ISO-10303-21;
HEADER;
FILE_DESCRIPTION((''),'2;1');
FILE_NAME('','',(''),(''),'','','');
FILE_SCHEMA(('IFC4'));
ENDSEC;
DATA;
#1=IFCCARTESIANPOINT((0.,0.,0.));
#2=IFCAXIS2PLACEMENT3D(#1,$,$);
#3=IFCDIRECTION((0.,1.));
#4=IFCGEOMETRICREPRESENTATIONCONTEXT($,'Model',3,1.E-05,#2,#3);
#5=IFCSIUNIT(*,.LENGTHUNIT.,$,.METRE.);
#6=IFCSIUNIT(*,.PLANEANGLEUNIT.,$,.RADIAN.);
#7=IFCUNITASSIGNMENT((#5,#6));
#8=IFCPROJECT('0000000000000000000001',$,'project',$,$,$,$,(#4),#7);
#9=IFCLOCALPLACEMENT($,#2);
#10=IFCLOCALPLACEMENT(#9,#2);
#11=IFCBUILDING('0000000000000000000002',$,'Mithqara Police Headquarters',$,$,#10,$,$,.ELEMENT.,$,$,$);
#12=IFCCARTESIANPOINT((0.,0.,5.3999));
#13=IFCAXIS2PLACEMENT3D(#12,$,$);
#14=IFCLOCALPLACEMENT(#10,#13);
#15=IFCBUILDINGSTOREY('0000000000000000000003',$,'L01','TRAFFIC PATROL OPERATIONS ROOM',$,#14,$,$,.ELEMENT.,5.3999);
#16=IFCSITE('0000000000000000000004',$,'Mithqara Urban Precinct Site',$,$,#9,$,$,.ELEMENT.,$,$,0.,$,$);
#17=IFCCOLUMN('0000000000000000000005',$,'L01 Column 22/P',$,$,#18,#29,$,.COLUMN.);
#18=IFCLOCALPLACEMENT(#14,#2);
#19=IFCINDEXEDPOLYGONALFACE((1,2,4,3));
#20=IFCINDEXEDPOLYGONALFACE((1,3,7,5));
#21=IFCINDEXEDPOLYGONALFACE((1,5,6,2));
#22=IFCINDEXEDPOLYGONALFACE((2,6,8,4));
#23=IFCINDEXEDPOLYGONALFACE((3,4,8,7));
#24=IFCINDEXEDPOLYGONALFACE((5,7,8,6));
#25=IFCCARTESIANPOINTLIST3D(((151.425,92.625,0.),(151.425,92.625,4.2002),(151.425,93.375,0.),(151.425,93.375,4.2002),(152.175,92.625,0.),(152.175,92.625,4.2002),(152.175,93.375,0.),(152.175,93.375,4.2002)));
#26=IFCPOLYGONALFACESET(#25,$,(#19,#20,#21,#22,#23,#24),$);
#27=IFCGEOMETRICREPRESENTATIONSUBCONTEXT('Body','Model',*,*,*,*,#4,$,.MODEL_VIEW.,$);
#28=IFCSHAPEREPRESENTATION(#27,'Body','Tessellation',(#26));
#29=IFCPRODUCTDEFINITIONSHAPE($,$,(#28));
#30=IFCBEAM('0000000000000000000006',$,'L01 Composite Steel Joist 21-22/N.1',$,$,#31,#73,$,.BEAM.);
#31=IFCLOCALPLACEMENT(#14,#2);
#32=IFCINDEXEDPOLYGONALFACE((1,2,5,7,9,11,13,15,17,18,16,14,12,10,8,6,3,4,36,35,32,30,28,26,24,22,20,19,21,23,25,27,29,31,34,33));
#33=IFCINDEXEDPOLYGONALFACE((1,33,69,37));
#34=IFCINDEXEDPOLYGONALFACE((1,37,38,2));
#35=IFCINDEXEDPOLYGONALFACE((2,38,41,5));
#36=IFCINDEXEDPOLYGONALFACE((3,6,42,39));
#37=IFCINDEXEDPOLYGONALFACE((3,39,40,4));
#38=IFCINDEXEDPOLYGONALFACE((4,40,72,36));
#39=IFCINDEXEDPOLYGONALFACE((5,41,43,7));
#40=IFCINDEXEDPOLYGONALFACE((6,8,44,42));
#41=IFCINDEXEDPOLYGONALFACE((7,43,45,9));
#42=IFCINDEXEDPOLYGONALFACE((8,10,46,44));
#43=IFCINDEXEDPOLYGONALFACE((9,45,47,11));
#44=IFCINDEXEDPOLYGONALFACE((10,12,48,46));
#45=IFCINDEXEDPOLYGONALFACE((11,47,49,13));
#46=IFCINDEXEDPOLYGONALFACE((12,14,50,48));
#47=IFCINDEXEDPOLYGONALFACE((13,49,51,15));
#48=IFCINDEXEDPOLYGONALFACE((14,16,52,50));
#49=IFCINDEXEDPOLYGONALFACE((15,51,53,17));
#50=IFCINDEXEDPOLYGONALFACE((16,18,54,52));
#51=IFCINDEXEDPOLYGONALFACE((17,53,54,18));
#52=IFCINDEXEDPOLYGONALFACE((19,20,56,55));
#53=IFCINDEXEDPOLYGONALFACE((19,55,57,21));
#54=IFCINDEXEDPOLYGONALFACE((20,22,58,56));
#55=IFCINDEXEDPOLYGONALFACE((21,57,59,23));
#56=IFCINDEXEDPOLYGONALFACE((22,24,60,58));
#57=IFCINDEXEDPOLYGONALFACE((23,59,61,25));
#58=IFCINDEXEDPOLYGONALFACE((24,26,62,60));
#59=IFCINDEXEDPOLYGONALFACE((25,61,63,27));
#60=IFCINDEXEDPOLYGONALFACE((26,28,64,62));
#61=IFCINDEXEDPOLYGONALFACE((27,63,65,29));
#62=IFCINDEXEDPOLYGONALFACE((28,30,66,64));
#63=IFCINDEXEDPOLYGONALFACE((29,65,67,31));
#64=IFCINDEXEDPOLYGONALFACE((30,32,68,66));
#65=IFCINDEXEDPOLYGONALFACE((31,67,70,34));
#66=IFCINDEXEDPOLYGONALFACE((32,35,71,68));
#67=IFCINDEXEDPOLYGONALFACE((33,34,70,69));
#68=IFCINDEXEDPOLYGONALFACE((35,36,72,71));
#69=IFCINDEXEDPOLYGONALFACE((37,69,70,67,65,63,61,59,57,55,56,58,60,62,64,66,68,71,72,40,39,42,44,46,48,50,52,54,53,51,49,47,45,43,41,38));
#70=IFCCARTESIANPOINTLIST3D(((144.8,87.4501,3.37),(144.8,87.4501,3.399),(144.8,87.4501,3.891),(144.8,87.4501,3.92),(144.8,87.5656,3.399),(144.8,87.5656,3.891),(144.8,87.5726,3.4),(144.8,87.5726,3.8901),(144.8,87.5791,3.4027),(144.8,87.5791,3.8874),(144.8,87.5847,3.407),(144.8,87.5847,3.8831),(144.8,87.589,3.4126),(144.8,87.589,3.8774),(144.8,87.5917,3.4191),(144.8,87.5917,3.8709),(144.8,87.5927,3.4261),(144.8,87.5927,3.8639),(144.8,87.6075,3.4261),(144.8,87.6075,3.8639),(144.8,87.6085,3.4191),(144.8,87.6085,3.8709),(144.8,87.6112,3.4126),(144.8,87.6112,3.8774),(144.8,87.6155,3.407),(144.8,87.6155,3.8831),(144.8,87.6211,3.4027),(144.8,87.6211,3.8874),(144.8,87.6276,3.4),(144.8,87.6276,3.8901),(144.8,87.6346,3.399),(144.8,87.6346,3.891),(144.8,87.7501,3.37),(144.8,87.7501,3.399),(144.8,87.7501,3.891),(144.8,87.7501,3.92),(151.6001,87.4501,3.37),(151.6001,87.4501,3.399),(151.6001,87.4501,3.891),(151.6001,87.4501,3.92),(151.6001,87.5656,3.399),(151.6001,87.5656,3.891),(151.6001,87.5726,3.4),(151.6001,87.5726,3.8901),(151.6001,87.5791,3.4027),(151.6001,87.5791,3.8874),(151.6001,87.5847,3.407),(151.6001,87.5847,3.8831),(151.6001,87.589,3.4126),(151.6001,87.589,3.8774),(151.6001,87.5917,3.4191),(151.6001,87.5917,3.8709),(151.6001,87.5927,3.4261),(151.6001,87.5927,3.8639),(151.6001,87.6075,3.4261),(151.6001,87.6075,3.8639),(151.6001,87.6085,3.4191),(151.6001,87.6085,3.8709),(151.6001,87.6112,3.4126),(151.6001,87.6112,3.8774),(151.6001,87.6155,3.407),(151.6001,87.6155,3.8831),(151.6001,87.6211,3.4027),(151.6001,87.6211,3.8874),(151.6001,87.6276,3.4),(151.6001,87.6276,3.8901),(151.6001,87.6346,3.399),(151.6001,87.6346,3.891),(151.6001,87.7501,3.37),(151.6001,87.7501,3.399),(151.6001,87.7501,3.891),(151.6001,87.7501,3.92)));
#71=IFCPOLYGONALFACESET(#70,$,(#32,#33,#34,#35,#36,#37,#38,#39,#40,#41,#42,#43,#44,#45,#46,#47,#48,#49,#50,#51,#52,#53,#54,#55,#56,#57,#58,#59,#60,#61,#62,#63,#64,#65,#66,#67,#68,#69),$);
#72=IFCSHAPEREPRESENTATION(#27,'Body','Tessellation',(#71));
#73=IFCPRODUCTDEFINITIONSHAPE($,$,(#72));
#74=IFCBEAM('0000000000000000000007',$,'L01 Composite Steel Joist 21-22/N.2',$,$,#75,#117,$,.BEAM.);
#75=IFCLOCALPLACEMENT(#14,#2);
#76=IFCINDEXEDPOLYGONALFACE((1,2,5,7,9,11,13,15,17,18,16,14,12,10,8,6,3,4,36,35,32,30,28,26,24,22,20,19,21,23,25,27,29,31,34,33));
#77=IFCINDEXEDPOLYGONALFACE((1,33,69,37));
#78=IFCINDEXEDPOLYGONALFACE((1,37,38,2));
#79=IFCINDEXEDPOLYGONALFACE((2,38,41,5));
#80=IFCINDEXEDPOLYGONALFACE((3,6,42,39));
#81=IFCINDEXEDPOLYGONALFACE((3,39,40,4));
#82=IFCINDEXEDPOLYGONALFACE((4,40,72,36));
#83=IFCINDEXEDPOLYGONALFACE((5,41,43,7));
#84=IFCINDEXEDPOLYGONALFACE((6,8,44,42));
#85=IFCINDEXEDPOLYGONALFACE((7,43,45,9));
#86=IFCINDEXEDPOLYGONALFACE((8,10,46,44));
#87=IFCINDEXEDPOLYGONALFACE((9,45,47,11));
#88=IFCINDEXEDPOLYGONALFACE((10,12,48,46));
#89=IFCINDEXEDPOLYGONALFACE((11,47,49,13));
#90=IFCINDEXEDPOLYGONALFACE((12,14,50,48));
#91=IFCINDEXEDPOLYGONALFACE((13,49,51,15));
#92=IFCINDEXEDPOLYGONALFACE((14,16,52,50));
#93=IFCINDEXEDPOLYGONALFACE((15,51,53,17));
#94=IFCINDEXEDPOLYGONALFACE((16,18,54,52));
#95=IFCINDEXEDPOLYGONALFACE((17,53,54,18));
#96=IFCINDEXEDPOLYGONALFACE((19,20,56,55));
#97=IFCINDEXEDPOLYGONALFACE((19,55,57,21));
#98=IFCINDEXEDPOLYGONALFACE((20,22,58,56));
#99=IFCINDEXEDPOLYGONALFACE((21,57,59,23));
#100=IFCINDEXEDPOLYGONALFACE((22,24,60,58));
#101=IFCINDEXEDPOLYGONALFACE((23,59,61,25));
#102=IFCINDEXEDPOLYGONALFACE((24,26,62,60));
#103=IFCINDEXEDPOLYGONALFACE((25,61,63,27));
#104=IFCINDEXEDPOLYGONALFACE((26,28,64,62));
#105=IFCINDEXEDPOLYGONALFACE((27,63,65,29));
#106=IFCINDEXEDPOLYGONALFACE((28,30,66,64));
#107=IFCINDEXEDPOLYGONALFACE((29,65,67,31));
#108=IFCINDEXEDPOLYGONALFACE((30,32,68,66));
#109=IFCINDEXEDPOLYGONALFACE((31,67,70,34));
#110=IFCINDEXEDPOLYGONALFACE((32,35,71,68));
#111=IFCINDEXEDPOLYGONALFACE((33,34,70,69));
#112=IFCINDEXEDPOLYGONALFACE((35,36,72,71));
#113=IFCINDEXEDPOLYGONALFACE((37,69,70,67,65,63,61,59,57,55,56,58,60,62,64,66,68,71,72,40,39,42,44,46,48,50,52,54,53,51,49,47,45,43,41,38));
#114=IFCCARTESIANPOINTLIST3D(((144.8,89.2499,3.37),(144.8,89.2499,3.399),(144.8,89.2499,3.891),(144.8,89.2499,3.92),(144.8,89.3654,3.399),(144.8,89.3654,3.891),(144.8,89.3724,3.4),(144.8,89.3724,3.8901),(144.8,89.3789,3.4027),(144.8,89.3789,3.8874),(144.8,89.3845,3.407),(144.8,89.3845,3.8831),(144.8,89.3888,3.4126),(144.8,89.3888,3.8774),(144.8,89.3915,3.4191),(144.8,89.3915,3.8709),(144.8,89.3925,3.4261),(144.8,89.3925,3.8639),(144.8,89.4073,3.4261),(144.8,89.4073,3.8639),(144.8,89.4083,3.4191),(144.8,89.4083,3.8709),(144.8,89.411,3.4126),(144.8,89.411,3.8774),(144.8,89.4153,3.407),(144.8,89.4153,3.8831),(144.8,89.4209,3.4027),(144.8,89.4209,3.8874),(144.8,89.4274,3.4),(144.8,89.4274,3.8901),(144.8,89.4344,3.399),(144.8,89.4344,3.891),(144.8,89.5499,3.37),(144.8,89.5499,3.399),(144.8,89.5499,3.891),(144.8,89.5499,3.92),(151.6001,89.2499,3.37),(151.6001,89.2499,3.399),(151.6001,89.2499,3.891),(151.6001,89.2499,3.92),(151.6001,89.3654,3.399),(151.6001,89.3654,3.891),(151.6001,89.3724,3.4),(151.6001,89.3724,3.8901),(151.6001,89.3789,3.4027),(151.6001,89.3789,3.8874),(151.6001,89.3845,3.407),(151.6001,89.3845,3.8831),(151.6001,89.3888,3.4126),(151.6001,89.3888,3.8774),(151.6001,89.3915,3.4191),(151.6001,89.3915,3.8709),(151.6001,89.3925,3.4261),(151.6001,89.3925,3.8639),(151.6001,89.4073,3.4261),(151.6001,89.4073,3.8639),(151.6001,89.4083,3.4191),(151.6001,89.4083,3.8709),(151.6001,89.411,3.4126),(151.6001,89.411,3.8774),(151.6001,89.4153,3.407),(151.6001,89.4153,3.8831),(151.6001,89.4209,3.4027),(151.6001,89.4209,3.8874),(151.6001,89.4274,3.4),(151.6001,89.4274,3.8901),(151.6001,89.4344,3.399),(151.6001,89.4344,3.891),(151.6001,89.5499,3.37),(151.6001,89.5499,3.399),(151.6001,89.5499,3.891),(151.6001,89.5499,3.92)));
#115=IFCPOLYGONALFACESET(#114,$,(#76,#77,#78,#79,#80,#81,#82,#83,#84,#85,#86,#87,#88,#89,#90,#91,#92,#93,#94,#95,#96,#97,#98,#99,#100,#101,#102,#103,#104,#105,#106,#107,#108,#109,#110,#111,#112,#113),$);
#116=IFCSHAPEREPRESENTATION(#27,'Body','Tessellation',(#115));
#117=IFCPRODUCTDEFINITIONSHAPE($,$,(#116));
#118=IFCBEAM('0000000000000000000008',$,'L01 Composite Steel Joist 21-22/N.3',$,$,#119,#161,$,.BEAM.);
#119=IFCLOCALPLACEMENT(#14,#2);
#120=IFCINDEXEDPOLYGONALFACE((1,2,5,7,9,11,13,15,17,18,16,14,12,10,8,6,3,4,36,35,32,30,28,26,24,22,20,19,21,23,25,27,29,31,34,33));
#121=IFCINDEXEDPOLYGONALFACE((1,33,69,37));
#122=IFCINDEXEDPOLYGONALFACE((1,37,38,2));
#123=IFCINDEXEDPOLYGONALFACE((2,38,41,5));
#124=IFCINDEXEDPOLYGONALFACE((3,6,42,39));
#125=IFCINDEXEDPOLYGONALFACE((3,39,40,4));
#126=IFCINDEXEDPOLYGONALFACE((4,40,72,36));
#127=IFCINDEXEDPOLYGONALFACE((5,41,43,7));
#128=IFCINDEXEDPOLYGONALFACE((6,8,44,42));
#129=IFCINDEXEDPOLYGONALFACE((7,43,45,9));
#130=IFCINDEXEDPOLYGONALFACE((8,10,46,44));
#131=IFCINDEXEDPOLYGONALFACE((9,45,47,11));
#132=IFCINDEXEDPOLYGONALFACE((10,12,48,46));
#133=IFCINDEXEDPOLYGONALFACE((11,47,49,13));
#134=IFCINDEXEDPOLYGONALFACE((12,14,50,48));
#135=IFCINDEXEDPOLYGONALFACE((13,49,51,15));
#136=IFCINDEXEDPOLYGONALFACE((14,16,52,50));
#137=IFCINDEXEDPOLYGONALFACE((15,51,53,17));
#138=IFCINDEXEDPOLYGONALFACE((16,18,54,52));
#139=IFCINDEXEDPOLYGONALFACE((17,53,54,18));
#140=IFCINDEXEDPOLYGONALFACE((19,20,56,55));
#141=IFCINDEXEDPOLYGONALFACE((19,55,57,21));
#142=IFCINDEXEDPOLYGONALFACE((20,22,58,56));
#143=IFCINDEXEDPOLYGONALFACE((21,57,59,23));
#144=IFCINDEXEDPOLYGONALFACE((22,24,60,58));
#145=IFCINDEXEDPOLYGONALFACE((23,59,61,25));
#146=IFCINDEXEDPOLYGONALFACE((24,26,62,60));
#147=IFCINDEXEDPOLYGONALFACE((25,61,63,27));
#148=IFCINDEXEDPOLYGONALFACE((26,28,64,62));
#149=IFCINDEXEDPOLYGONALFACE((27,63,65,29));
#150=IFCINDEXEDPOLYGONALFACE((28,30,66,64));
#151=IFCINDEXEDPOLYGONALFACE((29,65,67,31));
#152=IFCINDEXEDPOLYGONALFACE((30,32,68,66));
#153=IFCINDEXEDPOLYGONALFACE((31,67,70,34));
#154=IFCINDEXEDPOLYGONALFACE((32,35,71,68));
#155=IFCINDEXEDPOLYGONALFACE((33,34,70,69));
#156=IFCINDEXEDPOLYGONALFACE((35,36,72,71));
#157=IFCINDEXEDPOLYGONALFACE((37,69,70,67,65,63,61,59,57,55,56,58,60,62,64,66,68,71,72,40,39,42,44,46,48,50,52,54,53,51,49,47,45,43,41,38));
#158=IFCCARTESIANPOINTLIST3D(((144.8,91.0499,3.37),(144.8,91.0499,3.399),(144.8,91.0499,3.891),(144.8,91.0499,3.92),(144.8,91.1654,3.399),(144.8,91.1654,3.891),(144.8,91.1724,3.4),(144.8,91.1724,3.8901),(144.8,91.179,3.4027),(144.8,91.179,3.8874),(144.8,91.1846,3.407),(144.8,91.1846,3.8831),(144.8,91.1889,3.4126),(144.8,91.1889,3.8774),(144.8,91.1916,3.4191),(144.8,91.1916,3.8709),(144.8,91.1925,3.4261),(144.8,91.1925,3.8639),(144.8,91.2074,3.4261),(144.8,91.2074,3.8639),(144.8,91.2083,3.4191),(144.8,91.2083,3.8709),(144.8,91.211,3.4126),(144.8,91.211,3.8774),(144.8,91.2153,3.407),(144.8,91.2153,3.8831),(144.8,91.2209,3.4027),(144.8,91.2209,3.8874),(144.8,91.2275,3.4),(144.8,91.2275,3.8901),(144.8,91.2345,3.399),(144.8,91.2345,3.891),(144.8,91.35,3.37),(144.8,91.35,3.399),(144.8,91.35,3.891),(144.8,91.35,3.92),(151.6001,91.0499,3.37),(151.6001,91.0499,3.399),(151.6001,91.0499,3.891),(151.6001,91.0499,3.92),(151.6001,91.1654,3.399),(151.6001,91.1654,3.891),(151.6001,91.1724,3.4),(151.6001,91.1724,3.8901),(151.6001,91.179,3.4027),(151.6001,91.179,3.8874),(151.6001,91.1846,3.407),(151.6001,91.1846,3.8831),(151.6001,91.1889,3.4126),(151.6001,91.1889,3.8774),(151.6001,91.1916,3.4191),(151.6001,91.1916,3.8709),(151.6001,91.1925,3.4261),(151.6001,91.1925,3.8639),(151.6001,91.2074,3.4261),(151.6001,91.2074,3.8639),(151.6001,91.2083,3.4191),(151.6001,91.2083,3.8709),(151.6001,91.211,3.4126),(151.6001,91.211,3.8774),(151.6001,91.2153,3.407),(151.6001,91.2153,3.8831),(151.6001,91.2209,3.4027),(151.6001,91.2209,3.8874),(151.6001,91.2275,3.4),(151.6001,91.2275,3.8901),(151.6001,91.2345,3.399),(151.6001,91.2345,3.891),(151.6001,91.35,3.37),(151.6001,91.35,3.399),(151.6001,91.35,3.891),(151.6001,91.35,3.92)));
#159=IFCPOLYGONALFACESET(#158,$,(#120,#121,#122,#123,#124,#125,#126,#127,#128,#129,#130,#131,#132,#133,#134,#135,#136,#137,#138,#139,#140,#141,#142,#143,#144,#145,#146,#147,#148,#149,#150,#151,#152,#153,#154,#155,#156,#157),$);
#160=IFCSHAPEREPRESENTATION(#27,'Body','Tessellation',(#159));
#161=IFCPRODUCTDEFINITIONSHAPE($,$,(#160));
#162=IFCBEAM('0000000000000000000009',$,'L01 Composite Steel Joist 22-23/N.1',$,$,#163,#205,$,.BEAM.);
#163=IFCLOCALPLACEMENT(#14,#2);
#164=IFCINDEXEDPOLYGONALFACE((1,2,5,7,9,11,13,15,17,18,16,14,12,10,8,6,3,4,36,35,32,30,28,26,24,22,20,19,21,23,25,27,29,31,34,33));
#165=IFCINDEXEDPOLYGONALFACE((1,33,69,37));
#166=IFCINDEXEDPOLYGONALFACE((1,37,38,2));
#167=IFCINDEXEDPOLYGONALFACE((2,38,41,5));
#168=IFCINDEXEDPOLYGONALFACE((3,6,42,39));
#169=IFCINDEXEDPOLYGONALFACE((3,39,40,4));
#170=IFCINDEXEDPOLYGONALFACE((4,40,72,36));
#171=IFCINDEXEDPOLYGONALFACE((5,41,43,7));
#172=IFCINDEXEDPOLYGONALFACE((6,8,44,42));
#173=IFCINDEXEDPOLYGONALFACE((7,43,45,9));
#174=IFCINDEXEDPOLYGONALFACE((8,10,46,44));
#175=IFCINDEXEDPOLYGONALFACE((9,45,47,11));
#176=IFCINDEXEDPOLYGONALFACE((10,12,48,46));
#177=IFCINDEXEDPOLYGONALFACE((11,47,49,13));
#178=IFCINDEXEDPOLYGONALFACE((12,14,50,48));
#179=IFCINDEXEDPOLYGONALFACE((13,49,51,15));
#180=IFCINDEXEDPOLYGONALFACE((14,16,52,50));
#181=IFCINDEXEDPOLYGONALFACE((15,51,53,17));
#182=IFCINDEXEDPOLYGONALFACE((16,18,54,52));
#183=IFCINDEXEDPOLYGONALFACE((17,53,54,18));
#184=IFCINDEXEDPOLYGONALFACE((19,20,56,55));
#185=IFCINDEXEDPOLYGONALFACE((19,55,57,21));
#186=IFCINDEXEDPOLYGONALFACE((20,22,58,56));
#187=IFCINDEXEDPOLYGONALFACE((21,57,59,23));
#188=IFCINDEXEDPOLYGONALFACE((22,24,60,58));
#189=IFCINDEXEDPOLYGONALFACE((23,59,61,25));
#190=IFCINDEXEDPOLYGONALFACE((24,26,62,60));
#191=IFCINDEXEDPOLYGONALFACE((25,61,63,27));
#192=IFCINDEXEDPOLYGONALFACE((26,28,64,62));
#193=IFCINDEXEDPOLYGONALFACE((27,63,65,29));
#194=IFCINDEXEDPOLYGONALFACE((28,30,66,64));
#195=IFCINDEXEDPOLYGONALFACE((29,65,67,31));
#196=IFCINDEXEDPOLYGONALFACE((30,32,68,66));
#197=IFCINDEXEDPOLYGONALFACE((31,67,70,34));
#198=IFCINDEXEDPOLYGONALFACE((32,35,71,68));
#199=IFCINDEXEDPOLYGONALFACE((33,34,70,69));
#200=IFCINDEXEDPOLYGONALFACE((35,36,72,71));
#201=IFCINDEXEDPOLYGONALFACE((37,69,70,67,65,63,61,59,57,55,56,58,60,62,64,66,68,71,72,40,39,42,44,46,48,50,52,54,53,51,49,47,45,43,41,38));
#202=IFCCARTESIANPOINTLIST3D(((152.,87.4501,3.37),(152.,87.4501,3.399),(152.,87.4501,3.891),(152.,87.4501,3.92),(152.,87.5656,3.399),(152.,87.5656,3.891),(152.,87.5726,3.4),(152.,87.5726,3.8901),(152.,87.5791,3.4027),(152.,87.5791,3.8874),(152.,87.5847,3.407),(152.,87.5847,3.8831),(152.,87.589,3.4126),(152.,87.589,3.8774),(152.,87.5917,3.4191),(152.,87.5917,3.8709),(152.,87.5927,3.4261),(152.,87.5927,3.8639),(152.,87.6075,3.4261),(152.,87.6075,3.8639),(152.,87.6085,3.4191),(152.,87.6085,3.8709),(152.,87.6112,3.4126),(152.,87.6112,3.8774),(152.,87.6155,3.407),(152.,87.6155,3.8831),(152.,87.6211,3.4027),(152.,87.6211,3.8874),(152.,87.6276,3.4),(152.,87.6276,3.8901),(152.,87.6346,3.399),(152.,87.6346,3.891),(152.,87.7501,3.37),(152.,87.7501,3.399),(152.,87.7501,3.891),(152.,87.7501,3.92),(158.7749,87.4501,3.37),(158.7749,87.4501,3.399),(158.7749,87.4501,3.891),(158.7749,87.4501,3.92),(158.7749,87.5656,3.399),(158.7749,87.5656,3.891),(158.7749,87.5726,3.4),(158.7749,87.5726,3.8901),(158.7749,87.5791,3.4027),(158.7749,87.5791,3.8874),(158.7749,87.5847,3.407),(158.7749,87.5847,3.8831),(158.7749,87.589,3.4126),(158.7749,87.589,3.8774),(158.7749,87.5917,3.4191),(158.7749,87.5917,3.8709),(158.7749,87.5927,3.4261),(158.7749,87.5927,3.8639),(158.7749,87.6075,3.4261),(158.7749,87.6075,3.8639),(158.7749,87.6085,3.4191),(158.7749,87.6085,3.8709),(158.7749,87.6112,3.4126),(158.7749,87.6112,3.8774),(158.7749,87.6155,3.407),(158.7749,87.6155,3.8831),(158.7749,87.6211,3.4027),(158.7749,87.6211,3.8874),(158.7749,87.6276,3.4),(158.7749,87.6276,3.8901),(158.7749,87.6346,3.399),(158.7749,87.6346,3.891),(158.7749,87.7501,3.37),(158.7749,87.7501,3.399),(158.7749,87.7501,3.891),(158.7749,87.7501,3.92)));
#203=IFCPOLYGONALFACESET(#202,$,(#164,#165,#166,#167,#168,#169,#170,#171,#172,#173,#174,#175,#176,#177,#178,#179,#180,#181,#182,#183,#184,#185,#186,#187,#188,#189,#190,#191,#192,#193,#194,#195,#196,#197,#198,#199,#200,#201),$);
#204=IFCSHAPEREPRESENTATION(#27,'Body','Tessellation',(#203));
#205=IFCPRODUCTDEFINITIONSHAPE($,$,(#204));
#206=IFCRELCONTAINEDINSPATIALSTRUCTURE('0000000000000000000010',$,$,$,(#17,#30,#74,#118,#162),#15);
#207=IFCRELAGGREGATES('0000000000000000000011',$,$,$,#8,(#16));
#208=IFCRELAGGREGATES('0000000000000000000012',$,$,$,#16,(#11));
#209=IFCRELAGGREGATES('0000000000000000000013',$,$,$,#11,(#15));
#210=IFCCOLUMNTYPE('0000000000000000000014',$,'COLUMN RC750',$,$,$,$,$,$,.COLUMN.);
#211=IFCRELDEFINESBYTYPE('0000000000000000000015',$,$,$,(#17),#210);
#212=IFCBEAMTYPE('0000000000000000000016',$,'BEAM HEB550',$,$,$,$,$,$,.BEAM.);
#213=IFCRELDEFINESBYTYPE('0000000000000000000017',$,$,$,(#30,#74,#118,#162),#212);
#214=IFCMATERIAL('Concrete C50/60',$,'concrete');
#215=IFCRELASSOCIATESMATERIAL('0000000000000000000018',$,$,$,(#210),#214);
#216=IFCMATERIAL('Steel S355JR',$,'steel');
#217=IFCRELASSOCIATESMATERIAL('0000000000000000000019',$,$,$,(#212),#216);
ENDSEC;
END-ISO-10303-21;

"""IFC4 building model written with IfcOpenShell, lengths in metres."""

from ifc_helpers import new_model, si_unit, direction, frame, origin, origin_2d, place, context, subcontext, project, spatial, rectangle, i_section, extrude, material, material_profile, profile_set, type_object, element, save


model = new_model("IFC4")

# Units and contexts
model_context = context("Model", 3, precision=1e-05, world=origin(), true_north=direction((0.0, 1.0)))
body_context = subcontext(model_context, "Body", "Model", "MODEL_VIEW")
ifc_project = project(units=[si_unit("LENGTHUNIT", "METRE"), si_unit("PLANEANGLEUNIT", "RADIAN")], contexts=[model_context])

# Site, building, storey
site_placement = place(None, origin())
site = spatial("IfcSite", under=ifc_project, at=site_placement, Name="Mithqara Urban Precinct Site", CompositionType="ELEMENT", RefElevation=0.0)
building_placement = place(site_placement, origin())
building = spatial("IfcBuilding", under=site, at=building_placement, Name="Mithqara Police Headquarters", CompositionType="ELEMENT")
storey_placement = place(building_placement, frame((0.0, 0.0, 5.3999)))
storey = spatial("IfcBuildingStorey", under=building, at=storey_placement, Name="L01", Description="TRAFFIC PATROL OPERATIONS ROOM", CompositionType="ELEMENT", Elevation=5.3999)

# Column
ifc_material_1 = material(Name="Concrete C50/60", Category="concrete")
ifc_material_profile_1 = material_profile(ifc_material_1, rectangle(XDim=0.75, YDim=0.75, at=origin_2d()), Name="RC 750x750")
ifc_profile_set_1 = profile_set([ifc_material_profile_1], Name="Concrete C50/60")
column_type = type_object("IfcColumnType", Name="COLUMN RC750", PredefinedType="COLUMN", material=ifc_profile_set_1)
column_placement = place(storey_placement, frame((151.8, 93.0, 0.0), z_axis=(0.0, 0.0, 1.0), x_axis=(1.0, 0.0, 0.0)))
element("IfcColumn", 1, at=column_placement, inside=storey, type_object=column_type, Name="L01 Column 22/P", PredefinedType="COLUMN", context=body_context, shape_type="SweptSolid", body=[
    extrude(rectangle(XDim=0.75, YDim=0.75, at=origin_2d()), origin(), (0.0, 0.0, 1.0), 4.2002),
])

# Beams
ifc_material_2 = material(Name="Steel S355JR", Category="steel")
ifc_material_profile_2 = material_profile(ifc_material_2, i_section(OverallWidth=0.3, OverallDepth=0.55, WebThickness=0.0149, FlangeThickness=0.0291, FilletRadius=0.0271, at=origin_2d()), Name="HEB 550")
ifc_profile_set_2 = profile_set([ifc_material_profile_2], Name="Steel S355JR")
beam_type_1 = type_object("IfcBeamType", Name="BEAM HEB550", PredefinedType="BEAM", material=ifc_profile_set_2)
for number, where, z_axis, x_axis, name in (
    (2, (144.8, 87.6001, 3.645), (1.0, 0.0, 0.0), (0.0, 1.0, 0.0), "L01 Composite Steel Joist 21-22/N.1"),
    (3, (144.8, 89.3999, 3.645), (1.0, 0.0, 0.0), (0.0, 1.0, 0.0), "L01 Composite Steel Joist 21-22/N.2"),
    (4, (144.8, 91.2, 3.645), (1.0, 0.0, 0.0), (0.0, 1.0, 0.0), "L01 Composite Steel Joist 21-22/N.3"),
):
    element("IfcBeam", number, at=place(storey_placement, frame(where, z_axis=z_axis, x_axis=x_axis)), inside=storey, type_object=beam_type_1, Name=name, PredefinedType="BEAM", context=body_context, shape_type="SweptSolid", body=[
        extrude(i_section(OverallWidth=0.3, OverallDepth=0.55, WebThickness=0.0149, FlangeThickness=0.0291, FilletRadius=0.0271, at=origin_2d()), origin(), (0.0, 0.0, 1.0), 6.8),
    ])
for number, where, z_axis, x_axis, name in (
    (5, (152.0, 87.6001, 3.645), (1.0, 0.0, 0.0), (0.0, 1.0, 0.0), "L01 Composite Steel Joist 22-23/N.1"),
):
    element("IfcBeam", number, at=place(storey_placement, frame(where, z_axis=z_axis, x_axis=x_axis)), inside=storey, type_object=beam_type_1, Name=name, PredefinedType="BEAM", context=body_context, shape_type="SweptSolid", body=[
        extrude(i_section(OverallWidth=0.3, OverallDepth=0.55, WebThickness=0.0149, FlangeThickness=0.0291, FilletRadius=0.0271, at=origin_2d()), origin(), (0.0, 0.0, 1.0), 6.7749),
    ])

save(model, "model.ifc")
